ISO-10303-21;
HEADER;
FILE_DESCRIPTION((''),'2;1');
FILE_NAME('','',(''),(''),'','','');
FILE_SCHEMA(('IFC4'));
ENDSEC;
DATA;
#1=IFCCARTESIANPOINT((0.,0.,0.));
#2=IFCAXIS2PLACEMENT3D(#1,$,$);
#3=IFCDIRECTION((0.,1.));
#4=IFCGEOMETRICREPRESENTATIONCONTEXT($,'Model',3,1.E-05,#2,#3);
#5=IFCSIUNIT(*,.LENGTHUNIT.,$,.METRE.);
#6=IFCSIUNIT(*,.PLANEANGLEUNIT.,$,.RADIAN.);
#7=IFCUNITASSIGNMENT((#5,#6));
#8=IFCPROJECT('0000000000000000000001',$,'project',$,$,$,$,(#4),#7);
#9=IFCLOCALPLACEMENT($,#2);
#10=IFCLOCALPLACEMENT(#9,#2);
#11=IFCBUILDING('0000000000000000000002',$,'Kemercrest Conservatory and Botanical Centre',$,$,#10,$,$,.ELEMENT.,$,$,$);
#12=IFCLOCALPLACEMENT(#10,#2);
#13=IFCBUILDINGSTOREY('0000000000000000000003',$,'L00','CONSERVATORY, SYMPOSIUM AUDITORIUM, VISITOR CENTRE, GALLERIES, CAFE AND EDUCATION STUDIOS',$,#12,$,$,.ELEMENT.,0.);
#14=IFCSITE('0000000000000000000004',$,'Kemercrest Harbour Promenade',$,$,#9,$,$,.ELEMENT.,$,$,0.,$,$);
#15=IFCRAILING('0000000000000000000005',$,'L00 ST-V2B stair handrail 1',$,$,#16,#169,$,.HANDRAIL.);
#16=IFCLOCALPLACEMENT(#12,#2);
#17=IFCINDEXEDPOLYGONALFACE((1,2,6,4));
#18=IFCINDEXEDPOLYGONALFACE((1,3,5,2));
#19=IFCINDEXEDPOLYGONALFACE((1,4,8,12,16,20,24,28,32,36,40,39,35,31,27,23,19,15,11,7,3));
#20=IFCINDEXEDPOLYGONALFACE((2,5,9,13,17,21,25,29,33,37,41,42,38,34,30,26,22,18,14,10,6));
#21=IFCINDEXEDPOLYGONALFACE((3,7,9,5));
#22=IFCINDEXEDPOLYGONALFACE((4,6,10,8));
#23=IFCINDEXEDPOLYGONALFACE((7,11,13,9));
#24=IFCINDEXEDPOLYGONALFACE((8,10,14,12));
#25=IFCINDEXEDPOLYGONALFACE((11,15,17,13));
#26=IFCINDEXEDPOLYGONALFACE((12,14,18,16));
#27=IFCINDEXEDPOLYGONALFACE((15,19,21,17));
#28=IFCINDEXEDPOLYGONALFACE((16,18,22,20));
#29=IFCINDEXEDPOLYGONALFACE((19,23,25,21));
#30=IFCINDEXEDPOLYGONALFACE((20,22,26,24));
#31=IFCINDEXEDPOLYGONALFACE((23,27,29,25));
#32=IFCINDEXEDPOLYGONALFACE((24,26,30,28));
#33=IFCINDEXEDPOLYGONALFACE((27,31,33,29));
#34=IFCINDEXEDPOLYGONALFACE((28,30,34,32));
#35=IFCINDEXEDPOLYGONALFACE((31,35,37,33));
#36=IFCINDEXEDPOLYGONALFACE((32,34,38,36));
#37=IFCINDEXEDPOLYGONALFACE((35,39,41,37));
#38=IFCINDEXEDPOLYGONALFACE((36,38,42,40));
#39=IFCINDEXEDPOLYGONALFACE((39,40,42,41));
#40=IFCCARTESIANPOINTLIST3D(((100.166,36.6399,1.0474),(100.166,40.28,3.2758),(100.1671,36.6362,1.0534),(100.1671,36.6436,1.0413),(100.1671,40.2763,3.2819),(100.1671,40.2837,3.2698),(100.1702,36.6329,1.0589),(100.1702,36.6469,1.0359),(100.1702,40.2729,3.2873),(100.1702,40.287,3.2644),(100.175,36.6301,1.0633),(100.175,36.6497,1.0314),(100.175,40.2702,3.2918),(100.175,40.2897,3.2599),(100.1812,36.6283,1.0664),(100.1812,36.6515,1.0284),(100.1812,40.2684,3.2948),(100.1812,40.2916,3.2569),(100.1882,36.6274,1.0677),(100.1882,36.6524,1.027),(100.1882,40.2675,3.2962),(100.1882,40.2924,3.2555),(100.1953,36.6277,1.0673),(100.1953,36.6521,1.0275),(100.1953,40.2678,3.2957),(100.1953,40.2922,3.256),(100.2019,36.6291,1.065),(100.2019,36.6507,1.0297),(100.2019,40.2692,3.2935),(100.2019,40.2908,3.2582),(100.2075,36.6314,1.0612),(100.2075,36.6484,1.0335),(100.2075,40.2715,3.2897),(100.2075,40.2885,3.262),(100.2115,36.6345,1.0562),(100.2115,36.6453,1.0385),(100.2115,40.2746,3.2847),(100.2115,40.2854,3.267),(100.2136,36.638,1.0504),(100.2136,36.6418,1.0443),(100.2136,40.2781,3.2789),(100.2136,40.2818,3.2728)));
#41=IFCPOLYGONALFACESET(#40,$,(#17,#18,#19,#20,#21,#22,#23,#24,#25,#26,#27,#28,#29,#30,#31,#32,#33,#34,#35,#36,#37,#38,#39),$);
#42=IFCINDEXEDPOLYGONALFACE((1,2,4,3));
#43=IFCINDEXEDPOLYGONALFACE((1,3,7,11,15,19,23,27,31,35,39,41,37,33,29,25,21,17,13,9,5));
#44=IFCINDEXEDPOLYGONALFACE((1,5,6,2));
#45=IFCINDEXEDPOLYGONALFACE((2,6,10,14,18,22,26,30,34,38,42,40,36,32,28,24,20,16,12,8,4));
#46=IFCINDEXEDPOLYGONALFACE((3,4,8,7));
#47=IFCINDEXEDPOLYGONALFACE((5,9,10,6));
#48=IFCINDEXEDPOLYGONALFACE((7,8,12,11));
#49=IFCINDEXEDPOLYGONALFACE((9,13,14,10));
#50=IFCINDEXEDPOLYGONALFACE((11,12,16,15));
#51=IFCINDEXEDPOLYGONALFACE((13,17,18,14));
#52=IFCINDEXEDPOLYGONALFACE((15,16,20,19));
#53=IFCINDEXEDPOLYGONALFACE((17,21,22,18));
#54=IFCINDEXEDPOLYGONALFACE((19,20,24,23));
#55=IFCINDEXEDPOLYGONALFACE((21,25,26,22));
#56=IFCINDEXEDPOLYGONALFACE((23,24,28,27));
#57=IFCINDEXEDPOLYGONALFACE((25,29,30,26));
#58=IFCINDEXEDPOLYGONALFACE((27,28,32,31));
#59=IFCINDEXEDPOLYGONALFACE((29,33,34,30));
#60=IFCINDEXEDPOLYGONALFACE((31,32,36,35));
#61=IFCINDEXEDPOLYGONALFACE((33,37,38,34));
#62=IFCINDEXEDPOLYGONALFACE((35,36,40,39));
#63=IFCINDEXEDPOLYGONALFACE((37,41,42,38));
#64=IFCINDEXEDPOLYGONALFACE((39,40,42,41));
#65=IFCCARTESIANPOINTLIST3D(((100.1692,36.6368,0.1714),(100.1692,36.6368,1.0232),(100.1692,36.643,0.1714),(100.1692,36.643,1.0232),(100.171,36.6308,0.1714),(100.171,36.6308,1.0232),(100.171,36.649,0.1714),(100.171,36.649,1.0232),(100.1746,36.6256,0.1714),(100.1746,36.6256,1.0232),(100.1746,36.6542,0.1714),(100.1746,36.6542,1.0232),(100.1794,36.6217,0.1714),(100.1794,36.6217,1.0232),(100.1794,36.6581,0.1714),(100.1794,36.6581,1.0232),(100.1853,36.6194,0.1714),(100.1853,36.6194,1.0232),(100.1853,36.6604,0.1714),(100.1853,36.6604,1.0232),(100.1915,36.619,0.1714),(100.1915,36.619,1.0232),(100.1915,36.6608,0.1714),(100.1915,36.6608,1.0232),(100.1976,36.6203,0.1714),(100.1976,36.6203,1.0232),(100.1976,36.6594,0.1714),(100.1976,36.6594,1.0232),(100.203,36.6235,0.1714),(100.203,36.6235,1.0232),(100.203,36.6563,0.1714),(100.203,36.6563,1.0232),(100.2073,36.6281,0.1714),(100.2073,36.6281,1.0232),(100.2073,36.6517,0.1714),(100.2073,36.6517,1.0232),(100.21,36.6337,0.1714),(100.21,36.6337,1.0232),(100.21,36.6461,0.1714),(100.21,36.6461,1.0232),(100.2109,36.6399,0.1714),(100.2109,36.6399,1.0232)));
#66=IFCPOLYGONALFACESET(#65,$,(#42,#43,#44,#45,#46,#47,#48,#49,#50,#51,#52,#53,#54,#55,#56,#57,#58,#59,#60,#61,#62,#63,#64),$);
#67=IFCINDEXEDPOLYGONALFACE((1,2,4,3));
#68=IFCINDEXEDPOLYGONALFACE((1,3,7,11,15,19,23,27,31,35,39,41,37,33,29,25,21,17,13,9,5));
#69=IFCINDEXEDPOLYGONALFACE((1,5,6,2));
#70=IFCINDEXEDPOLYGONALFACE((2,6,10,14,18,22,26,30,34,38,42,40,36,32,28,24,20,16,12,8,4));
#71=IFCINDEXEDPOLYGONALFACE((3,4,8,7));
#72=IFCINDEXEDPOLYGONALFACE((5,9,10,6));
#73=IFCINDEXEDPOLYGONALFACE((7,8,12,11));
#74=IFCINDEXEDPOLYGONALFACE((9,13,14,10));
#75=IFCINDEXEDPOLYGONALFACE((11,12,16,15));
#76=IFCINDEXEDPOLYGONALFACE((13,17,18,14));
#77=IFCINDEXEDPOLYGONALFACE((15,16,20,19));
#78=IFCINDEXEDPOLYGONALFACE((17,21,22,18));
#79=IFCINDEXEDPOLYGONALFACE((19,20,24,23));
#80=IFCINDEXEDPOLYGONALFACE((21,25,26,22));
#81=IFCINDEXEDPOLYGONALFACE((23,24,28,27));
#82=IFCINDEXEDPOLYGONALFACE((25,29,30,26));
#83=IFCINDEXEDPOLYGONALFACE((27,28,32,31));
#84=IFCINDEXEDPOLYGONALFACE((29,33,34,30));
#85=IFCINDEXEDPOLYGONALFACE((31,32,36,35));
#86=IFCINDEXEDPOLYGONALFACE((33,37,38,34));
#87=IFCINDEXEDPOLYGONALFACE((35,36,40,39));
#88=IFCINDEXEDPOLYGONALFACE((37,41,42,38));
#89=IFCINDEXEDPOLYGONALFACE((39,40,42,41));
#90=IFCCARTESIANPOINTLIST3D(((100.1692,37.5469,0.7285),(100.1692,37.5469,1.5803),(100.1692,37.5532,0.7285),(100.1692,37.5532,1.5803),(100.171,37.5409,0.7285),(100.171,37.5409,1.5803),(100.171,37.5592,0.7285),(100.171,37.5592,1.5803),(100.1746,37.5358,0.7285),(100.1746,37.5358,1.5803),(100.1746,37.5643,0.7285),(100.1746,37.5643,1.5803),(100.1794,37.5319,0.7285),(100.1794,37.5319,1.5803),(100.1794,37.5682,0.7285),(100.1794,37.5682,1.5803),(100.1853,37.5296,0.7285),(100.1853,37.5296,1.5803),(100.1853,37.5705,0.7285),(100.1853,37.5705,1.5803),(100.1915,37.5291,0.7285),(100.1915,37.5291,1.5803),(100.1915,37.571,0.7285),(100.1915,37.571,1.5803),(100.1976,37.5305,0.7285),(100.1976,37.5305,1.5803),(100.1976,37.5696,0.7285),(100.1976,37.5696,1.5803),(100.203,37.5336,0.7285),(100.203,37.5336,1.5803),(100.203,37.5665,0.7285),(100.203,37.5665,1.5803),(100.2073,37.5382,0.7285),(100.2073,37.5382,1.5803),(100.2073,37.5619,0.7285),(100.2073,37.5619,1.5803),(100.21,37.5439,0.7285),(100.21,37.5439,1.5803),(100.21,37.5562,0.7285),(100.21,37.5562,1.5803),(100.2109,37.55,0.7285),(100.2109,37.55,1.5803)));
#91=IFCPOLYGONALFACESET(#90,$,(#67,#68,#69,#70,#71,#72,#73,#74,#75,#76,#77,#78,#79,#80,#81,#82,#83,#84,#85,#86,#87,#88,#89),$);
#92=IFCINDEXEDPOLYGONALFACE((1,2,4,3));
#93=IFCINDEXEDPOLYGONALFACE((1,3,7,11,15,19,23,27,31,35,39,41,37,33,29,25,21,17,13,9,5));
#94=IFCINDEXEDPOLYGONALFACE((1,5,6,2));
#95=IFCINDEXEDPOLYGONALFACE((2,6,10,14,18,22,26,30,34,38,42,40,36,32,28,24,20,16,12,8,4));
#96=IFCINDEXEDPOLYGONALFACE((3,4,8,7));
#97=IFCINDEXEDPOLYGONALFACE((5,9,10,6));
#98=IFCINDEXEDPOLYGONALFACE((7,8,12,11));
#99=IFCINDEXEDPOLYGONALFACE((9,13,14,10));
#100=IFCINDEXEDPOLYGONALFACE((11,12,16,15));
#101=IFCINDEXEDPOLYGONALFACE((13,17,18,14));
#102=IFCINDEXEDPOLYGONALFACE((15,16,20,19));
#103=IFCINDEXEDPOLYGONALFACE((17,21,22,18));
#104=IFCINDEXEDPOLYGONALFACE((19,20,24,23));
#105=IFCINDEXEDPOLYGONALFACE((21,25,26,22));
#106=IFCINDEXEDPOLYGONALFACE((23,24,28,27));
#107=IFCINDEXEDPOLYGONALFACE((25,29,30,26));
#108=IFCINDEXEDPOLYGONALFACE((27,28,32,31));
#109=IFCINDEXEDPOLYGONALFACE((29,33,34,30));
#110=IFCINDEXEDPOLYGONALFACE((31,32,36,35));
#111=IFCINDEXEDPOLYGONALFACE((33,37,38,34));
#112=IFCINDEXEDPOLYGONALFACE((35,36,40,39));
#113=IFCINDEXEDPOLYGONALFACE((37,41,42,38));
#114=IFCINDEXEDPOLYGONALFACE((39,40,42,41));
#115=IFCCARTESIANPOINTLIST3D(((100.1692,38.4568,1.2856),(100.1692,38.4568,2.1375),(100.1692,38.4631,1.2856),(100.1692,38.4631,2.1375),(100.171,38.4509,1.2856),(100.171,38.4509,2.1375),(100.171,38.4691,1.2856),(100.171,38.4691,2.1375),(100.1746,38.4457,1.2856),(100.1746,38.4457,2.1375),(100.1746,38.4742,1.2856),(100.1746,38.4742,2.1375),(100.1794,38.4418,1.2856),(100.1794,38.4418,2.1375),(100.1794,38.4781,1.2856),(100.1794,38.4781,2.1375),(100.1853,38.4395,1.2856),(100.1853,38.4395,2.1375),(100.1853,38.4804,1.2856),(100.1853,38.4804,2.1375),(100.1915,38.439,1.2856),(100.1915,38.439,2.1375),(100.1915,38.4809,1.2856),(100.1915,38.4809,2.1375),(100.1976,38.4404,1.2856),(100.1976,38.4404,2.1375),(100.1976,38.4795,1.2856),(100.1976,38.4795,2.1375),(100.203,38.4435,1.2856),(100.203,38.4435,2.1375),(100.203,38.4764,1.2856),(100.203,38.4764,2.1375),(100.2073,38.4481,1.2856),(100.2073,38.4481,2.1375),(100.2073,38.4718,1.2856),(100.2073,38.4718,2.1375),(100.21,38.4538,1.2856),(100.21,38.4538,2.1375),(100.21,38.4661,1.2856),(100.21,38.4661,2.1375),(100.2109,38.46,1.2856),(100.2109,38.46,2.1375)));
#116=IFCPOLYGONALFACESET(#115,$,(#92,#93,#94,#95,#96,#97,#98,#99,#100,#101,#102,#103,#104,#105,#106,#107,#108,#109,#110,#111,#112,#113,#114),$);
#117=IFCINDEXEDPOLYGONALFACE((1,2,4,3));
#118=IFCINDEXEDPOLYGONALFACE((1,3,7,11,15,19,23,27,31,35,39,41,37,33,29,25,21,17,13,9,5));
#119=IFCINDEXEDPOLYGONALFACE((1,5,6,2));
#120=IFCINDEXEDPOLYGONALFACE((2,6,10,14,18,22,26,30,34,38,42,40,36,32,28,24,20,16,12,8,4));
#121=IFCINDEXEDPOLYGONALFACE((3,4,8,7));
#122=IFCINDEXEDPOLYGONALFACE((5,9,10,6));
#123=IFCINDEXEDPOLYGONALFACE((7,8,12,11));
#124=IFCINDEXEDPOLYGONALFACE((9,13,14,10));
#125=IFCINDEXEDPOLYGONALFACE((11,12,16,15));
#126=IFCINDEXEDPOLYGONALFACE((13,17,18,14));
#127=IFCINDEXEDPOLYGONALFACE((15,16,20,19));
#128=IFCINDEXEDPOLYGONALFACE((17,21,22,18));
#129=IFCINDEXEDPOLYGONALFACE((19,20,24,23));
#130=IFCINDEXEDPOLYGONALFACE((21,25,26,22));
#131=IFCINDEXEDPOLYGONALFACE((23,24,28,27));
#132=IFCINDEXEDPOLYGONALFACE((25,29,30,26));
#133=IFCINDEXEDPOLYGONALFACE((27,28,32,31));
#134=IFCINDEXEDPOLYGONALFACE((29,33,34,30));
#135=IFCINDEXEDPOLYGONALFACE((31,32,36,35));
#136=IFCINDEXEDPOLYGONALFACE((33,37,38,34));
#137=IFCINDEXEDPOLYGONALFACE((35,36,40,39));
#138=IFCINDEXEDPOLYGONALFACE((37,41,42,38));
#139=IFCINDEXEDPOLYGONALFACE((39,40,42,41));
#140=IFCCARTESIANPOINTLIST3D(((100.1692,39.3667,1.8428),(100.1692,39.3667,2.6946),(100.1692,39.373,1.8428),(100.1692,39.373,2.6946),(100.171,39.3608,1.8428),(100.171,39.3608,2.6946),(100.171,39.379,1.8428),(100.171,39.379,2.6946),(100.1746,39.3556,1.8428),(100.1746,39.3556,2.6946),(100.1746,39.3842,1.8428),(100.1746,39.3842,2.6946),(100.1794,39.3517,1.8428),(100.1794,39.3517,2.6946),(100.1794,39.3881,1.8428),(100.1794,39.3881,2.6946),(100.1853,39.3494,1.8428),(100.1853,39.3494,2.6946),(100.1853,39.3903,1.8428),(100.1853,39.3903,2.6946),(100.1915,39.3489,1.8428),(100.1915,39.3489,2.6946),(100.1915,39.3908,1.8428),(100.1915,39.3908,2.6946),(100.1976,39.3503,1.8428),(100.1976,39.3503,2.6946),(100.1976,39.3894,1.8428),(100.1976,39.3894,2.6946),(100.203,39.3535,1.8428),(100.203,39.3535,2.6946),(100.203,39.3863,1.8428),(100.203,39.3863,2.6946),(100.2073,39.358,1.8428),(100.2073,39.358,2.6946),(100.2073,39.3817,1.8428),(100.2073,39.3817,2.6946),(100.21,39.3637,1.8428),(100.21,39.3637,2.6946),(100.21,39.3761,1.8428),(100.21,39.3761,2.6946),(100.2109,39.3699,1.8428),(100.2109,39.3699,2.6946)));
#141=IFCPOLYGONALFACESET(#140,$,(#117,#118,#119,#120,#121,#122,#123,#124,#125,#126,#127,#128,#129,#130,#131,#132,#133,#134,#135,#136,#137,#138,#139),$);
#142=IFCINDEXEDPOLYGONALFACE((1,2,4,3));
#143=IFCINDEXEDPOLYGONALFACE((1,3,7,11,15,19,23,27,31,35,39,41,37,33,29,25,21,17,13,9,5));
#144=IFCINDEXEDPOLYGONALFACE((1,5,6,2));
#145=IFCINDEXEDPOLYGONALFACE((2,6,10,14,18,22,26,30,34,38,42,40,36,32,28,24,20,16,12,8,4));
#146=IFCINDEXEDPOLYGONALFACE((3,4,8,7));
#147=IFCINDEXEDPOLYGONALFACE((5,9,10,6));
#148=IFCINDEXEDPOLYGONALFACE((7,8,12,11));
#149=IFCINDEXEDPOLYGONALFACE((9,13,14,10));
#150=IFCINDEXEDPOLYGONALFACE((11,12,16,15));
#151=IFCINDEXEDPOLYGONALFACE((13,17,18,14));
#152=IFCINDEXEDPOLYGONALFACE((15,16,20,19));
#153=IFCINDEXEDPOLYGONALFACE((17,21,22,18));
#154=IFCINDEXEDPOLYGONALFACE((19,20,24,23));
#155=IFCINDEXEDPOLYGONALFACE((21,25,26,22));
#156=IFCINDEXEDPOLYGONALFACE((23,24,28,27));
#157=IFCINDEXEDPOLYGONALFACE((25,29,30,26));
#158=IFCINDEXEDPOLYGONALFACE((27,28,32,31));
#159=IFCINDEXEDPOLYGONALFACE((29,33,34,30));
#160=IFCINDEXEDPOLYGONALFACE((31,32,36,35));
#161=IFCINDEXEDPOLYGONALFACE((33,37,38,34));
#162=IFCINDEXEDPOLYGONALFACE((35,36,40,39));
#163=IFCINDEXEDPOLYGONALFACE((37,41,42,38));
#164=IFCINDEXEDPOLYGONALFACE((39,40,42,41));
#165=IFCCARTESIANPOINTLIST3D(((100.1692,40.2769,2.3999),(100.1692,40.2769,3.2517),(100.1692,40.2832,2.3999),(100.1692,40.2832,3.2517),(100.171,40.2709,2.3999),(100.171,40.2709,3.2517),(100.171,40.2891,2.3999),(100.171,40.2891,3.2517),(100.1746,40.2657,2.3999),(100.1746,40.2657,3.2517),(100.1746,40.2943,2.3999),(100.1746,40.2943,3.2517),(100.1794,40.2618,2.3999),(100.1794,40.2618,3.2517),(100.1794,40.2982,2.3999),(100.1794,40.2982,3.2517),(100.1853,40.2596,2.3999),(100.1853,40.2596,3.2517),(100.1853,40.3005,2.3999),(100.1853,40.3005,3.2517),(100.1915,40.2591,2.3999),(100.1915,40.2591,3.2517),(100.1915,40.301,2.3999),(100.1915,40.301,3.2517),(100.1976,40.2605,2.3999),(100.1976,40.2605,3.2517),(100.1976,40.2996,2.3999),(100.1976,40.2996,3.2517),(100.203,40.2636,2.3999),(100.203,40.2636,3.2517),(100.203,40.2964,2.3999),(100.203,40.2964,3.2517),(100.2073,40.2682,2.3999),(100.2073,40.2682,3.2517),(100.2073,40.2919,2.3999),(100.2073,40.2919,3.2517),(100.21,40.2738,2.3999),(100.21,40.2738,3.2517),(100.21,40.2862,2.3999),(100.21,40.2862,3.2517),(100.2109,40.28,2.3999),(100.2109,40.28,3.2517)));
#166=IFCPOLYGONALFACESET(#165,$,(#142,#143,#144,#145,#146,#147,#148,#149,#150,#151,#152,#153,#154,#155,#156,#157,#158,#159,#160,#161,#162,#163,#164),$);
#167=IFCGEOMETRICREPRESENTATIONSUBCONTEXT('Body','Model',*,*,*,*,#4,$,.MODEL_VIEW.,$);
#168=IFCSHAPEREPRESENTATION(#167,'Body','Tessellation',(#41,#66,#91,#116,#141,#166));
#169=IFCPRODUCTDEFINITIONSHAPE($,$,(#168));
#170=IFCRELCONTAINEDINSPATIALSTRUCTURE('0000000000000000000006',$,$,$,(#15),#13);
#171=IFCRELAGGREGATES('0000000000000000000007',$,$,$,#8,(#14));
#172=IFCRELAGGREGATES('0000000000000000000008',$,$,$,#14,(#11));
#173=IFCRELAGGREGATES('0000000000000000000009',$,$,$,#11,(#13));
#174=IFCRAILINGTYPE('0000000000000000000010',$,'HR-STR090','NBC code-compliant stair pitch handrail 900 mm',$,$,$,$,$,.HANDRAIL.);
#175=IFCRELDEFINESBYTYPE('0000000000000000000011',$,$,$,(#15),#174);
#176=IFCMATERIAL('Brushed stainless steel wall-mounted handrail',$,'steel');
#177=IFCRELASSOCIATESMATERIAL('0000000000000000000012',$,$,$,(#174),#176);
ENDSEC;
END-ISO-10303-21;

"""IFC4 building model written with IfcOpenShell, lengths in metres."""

from ifc_helpers import new_model, si_unit, direction, frame, origin, origin_2d, place, context, subcontext, project, spatial, circle, extrude, material, type_object, element, save


model = new_model("IFC4")

# Units and contexts
model_context = context("Model", 3, precision=1e-05, world=origin(), true_north=direction((0.0, 1.0)))
body_context = subcontext(model_context, "Body", "Model", "MODEL_VIEW")
ifc_project = project(units=[si_unit("LENGTHUNIT", "METRE"), si_unit("PLANEANGLEUNIT", "RADIAN")], contexts=[model_context])

# Site, building, storey
site_placement = place(None, origin())
site = spatial("IfcSite", under=ifc_project, at=site_placement, Name="Kemercrest Harbour Promenade", CompositionType="ELEMENT", RefElevation=0.0)
building_placement = place(site_placement, origin())
building = spatial("IfcBuilding", under=site, at=building_placement, Name="Kemercrest Conservatory and Botanical Centre", CompositionType="ELEMENT")
storey_placement = place(building_placement, origin())
storey = spatial("IfcBuildingStorey", under=building, at=storey_placement, Name="L00", Description="CONSERVATORY, SYMPOSIUM AUDITORIUM, VISITOR CENTRE, GALLERIES, CAFE AND EDUCATION STUDIOS", CompositionType="ELEMENT", Elevation=0.0)

# Railing
ifc_material_1 = material(Name="Brushed stainless steel wall-mounted handrail", Category="steel")
railing_type = type_object("IfcRailingType", Name="HR-STR090", Description="NBC code-compliant stair pitch handrail 900 mm", PredefinedType="HANDRAIL", material=ifc_material_1)
railing_placement = place(storey_placement, frame((100.1899, 36.6399, 0.1714)))
element("IfcRailing", 1, at=railing_placement, inside=storey, type_object=railing_type, Name="L00 ST-V2B stair handrail 1", PredefinedType="HANDRAIL", context=body_context, shape_type="SweptSolid", body=[
    extrude(circle(Radius=0.0239, at=origin_2d()), frame((0.0, 0.0, 0.876), z_axis=(0.0, 0.852866, 0.52213), x_axis=(-1.0, 0.0, 0.0)), (0.0, 0.0, 1.0), 4.2681),
    extrude(circle(Radius=0.021, at=origin_2d()), origin(), (0.0, 0.0, 1.0), 0.8518),
    extrude(circle(Radius=0.021, at=origin_2d()), frame((0.0, 0.9102, 0.5571)), (0.0, 0.0, 1.0), 0.8518),
    extrude(circle(Radius=0.021, at=origin_2d()), frame((0.0, 1.8201, 1.1143)), (0.0, 0.0, 1.0), 0.8518),
    extrude(circle(Radius=0.021, at=origin_2d()), frame((0.0, 2.73, 1.6714)), (0.0, 0.0, 1.0), 0.8518),
    extrude(circle(Radius=0.021, at=origin_2d()), frame((0.0, 3.6401, 2.2285)), (0.0, 0.0, 1.0), 0.8518),
])

save(model, "model.ifc")
